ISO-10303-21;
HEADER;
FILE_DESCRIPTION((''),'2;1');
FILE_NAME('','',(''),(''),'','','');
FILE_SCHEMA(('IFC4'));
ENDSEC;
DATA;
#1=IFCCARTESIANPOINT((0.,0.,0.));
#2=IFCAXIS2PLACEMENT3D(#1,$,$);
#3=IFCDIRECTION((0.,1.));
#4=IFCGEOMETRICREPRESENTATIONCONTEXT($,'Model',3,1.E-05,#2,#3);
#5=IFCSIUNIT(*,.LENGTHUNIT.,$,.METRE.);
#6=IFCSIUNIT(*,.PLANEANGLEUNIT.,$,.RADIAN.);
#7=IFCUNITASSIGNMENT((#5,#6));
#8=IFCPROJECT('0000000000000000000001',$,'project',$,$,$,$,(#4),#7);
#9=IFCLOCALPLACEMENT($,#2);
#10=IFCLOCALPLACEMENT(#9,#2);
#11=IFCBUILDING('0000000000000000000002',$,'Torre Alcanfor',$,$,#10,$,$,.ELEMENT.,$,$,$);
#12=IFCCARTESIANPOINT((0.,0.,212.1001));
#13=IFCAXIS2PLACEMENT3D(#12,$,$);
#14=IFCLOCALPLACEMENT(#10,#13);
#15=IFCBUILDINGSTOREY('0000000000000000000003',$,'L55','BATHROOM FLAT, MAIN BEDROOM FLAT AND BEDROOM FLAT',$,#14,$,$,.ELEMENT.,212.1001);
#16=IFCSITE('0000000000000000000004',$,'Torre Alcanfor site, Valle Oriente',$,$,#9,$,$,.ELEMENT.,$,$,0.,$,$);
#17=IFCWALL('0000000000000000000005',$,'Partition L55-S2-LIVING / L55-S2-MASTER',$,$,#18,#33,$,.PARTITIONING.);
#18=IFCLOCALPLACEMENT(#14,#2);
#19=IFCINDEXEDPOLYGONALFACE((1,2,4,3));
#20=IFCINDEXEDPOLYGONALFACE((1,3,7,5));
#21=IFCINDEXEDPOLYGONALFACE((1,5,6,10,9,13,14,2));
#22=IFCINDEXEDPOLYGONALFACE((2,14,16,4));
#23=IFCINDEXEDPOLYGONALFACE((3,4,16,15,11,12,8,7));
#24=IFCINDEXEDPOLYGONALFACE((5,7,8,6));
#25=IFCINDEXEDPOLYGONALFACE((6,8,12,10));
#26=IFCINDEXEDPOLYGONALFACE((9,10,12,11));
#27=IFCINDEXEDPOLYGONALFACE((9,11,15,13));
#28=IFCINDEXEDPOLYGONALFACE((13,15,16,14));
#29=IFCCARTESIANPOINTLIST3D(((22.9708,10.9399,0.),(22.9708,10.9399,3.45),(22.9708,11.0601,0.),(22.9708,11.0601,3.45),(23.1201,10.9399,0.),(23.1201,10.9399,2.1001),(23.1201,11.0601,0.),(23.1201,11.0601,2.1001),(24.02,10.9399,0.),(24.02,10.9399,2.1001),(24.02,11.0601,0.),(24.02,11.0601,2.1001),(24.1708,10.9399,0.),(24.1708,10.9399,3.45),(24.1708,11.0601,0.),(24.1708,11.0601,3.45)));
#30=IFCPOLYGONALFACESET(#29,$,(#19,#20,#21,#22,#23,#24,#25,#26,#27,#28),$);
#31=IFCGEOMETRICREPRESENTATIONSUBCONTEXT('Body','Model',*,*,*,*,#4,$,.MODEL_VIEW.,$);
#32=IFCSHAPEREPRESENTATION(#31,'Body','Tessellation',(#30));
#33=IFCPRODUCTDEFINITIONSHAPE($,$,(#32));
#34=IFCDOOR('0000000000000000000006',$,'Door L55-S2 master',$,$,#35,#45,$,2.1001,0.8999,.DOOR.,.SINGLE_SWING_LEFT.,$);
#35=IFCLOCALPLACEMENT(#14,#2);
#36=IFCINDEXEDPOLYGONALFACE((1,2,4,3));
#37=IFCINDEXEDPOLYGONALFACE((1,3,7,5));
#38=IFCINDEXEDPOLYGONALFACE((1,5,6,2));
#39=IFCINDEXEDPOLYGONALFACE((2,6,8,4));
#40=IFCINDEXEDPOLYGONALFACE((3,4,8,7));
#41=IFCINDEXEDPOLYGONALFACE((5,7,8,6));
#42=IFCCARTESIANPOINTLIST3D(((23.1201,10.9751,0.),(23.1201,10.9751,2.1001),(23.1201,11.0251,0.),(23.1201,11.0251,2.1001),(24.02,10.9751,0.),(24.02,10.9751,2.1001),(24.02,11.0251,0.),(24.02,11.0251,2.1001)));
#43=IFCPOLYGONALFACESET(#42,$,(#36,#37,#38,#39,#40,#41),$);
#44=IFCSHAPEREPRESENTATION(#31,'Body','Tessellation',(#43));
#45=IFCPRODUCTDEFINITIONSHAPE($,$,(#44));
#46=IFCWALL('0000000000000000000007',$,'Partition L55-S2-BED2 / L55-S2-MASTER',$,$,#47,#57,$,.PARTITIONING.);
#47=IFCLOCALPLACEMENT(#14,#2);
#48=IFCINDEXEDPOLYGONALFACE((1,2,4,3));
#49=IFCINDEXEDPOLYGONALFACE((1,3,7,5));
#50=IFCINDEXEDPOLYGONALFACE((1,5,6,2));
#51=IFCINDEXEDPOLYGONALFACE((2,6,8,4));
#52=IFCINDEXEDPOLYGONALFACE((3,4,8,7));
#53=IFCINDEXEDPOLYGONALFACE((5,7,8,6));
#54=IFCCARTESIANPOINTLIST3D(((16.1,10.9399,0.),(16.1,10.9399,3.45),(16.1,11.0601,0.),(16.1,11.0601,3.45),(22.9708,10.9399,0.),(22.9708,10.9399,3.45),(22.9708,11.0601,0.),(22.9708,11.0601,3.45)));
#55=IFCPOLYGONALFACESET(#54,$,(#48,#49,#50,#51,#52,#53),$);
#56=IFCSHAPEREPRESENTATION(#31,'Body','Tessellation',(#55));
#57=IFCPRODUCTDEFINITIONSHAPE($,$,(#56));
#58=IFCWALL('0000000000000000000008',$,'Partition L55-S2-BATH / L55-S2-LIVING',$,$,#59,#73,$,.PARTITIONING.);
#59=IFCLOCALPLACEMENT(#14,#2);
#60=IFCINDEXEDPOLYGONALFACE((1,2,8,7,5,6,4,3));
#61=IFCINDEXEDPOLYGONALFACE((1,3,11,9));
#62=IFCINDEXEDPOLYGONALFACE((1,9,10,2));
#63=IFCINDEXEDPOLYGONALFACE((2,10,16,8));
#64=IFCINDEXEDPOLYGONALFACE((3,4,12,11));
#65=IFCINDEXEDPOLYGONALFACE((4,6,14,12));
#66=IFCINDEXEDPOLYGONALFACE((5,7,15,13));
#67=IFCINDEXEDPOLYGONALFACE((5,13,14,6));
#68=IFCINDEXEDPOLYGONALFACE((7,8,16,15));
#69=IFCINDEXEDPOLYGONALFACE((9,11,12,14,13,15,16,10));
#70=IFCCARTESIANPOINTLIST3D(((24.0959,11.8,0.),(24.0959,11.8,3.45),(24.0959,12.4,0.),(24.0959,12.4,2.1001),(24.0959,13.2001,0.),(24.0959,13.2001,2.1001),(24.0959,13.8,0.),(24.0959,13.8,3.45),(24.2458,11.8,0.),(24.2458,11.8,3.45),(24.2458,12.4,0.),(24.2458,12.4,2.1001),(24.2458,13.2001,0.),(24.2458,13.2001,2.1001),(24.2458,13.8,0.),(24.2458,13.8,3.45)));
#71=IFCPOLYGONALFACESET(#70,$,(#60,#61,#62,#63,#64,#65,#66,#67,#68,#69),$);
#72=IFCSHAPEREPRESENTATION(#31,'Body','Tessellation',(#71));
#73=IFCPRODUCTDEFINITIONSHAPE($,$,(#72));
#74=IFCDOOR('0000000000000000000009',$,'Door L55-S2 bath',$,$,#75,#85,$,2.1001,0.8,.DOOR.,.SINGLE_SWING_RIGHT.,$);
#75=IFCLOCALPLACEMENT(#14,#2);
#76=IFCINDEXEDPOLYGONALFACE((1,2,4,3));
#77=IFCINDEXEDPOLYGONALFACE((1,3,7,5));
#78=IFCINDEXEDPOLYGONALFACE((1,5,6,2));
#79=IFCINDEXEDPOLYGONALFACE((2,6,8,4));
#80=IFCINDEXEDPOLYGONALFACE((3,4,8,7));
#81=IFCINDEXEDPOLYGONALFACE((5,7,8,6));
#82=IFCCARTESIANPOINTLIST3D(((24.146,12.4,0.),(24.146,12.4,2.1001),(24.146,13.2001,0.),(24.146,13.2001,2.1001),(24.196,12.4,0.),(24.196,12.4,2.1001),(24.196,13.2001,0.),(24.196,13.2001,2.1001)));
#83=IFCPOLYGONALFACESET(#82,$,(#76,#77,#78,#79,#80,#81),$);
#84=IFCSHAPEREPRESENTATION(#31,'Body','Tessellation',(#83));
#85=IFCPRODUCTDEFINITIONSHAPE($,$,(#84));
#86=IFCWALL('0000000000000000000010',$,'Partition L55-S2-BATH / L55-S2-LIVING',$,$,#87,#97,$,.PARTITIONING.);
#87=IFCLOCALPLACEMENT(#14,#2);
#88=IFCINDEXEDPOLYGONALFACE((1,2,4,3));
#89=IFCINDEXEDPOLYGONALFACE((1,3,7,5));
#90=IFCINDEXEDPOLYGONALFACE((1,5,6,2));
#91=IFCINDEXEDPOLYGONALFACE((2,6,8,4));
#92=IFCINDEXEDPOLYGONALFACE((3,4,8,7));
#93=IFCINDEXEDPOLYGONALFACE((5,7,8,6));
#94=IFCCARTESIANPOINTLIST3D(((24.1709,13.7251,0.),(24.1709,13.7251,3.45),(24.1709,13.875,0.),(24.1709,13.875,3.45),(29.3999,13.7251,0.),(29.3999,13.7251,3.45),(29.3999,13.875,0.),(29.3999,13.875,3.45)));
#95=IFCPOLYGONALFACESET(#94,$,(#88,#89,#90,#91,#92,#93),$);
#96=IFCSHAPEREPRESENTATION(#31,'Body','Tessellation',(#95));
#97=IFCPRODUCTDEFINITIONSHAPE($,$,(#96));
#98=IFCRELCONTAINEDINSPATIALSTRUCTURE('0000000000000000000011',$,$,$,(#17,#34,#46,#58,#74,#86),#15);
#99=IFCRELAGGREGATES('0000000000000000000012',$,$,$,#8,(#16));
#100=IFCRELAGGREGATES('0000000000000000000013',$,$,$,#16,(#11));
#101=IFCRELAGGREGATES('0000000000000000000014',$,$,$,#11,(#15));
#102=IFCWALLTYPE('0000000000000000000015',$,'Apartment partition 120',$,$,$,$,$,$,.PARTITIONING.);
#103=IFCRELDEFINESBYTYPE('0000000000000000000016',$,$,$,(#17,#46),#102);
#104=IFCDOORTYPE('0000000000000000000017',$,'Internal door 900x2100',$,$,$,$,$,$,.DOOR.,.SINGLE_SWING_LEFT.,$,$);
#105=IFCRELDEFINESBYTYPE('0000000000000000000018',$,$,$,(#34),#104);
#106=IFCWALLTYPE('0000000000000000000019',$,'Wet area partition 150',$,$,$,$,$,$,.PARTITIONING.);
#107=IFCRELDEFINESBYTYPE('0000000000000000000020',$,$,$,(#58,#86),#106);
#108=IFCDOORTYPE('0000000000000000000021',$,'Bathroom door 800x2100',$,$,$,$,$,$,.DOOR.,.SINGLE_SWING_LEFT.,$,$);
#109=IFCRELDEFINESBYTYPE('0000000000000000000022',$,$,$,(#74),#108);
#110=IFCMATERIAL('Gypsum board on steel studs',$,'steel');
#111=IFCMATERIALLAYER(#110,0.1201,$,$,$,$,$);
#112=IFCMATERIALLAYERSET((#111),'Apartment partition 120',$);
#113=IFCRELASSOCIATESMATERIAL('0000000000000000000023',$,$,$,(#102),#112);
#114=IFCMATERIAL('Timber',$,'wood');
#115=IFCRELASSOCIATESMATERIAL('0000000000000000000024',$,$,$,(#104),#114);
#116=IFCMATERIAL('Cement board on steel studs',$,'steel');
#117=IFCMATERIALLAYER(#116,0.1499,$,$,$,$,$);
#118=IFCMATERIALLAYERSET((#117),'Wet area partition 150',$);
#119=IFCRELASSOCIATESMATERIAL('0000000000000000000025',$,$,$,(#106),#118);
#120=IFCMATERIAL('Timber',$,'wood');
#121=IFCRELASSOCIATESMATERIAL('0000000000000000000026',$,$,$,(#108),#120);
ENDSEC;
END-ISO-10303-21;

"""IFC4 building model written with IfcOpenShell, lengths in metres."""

from ifc_helpers import new_model, si_unit, direction, frame, frame_2d, origin, place, context, subcontext, project, spatial, rectangle, extrude, material, layer, layer_set, type_object, element, fill, save


model = new_model("IFC4")

# Units and contexts
model_context = context("Model", 3, precision=1e-05, world=origin(), true_north=direction((0.0, 1.0)))
body_context = subcontext(model_context, "Body", "Model", "MODEL_VIEW")
ifc_project = project(units=[si_unit("LENGTHUNIT", "METRE"), si_unit("PLANEANGLEUNIT", "RADIAN")], contexts=[model_context])

# Site, building, storey
site_placement = place(None, origin())
site = spatial("IfcSite", under=ifc_project, at=site_placement, Name="Torre Alcanfor site, Valle Oriente", CompositionType="ELEMENT", RefElevation=0.0)
building_placement = place(site_placement, origin())
building = spatial("IfcBuilding", under=site, at=building_placement, Name="Torre Alcanfor", CompositionType="ELEMENT")
storey_placement = place(building_placement, frame((0.0, 0.0, 212.1001)))
storey = spatial("IfcBuildingStorey", under=building, at=storey_placement, Name="L55", Description="BATHROOM FLAT, MAIN BEDROOM FLAT AND BEDROOM FLAT", CompositionType="ELEMENT", Elevation=212.1001)

# Shared definitions
ifc_material_1 = material(Name="Gypsum board on steel studs", Category="steel")
ifc_layer_1 = layer(ifc_material_1, 0.1201)
ifc_layer_set_1 = layer_set([ifc_layer_1], Name="Apartment partition 120")
wall_type_1 = type_object("IfcWallType", Name="Apartment partition 120", PredefinedType="PARTITIONING", material=ifc_layer_set_1)
ifc_material_2 = material(Name="Timber", Category="wood")
door_type_1 = type_object("IfcDoorType", Name="Internal door 900x2100", OperationType="SINGLE_SWING_LEFT", PredefinedType="DOOR", material=ifc_material_2)

# Wall, opening, door
wall_1_placement = place(storey_placement, frame((24.1709, 11.0, 0.0), z_axis=(0.0, 0.0, 1.0), x_axis=(-1.0, 0.0, 0.0)))
wall_1 = element("IfcWall", 1, at=wall_1_placement, inside=storey, type_object=wall_type_1, Name="Partition L55-S2-LIVING / L55-S2-MASTER", PredefinedType="PARTITIONING", context=body_context, shape_type="SweptSolid", body=[
    extrude(rectangle(XDim=1.2, YDim=0.1201, at=frame_2d((0.6001, 0.0))), origin(), (0.0, 0.0, 1.0), 3.45),
])
opening_1_placement = place(wall_1_placement, frame((0.1509, 0.0, 0.0)))
opening_1 = element("IfcOpeningElement", 2, at=opening_1_placement, cuts=wall_1, PredefinedType="OPENING", context=body_context, shape_type="SweptSolid", body=[
    extrude(rectangle(XDim=0.8999, YDim=2.1001, at=frame_2d((0.45, 1.05))), frame((0.0, 0.0701, 0.0), z_axis=(0.0, -1.0, 0.0), x_axis=(1.0, 0.0, 0.0)), (0.0, 0.0, 1.0), 0.1401),
])
door_1_placement = place(opening_1_placement, origin())
door_1 = element("IfcDoor", 3, at=door_1_placement, inside=storey, type_object=door_type_1, Name="Door L55-S2 master", OperationType="SINGLE_SWING_LEFT", OverallHeight=2.1001, OverallWidth=0.8999, PredefinedType="DOOR", context=body_context, shape_type="SweptSolid", body=[
    extrude(rectangle(XDim=0.8999, YDim=2.1001, at=frame_2d((0.45, 1.05))), frame((0.0, 0.0249, 0.0), z_axis=(0.0, -1.0, 0.0), x_axis=(1.0, 0.0, 0.0)), (0.0, 0.0, 1.0), 0.05),
])
fill(opening_1, door_1)

# Wall
wall_2_placement = place(storey_placement, frame((22.9709, 11.0, 0.0), z_axis=(0.0, 0.0, 1.0), x_axis=(-1.0, 0.0, 0.0)))
element("IfcWall", 4, at=wall_2_placement, inside=storey, type_object=wall_type_1, Name="Partition L55-S2-BED2 / L55-S2-MASTER", PredefinedType="PARTITIONING", context=body_context, shape_type="SweptSolid", body=[
    extrude(rectangle(XDim=6.8708, YDim=0.1201, at=frame_2d((3.4355, 0.0))), origin(), (0.0, 0.0, 1.0), 3.45),
])

# Wall, opening, door
ifc_material_3 = material(Name="Cement board on steel studs", Category="steel")
ifc_layer_2 = layer(ifc_material_3, 0.1499)
ifc_layer_set_2 = layer_set([ifc_layer_2], Name="Wet area partition 150")
wall_type_2 = type_object("IfcWallType", Name="Wet area partition 150", PredefinedType="PARTITIONING", material=ifc_layer_set_2)
wall_3_placement = place(storey_placement, frame((24.1709, 11.8, 0.0), z_axis=(0.0, 0.0, 1.0), x_axis=(0.0, 1.0, 0.0)))
wall_3 = element("IfcWall", 5, at=wall_3_placement, inside=storey, type_object=wall_type_2, Name="Partition L55-S2-BATH / L55-S2-LIVING", PredefinedType="PARTITIONING", context=body_context, shape_type="SweptSolid", body=[
    extrude(rectangle(XDim=2.0, YDim=0.1499, at=frame_2d((1.0, 0.0))), origin(), (0.0, 0.0, 1.0), 3.45),
])
opening_2_placement = place(wall_3_placement, frame((0.6001, 0.0, 0.0)))
opening_2 = element("IfcOpeningElement", 6, at=opening_2_placement, cuts=wall_3, PredefinedType="OPENING", context=body_context, shape_type="SweptSolid", body=[
    extrude(rectangle(XDim=0.8, YDim=2.1001, at=frame_2d((0.3999, 1.05))), frame((0.0, 0.085, 0.0), z_axis=(0.0, -1.0, 0.0), x_axis=(1.0, 0.0, 0.0)), (0.0, 0.0, 1.0), 0.1699),
])
ifc_material_4 = material(Name="Timber", Category="wood")
door_type_2 = type_object("IfcDoorType", Name="Bathroom door 800x2100", OperationType="SINGLE_SWING_LEFT", PredefinedType="DOOR", material=ifc_material_4)
door_2_placement = place(opening_2_placement, frame((0.8, 0.0, 0.0), z_axis=(0.0, 0.0, 1.0), x_axis=(-1.0, 0.0, 0.0)))
door_2 = element("IfcDoor", 7, at=door_2_placement, inside=storey, type_object=door_type_2, Name="Door L55-S2 bath", OperationType="SINGLE_SWING_RIGHT", OverallHeight=2.1001, OverallWidth=0.8, PredefinedType="DOOR", context=body_context, shape_type="SweptSolid", body=[
    extrude(rectangle(XDim=0.8, YDim=2.1001, at=frame_2d((0.4001, 1.05))), frame((0.0, 0.0251, 0.0), z_axis=(0.0, -1.0, 0.0), x_axis=(1.0, 0.0, 0.0)), (0.0, 0.0, 1.0), 0.05),
])
fill(opening_2, door_2)

# Wall
wall_4_placement = place(storey_placement, frame((24.1709, 13.8, 0.0), z_axis=(0.0, 0.0, 1.0), x_axis=(1.0, 0.0, 0.0)))
element("IfcWall", 8, at=wall_4_placement, inside=storey, type_object=wall_type_2, Name="Partition L55-S2-BATH / L55-S2-LIVING", PredefinedType="PARTITIONING", context=body_context, shape_type="SweptSolid", body=[
    extrude(rectangle(XDim=5.229, YDim=0.1499, at=frame_2d((2.6145, 0.0))), origin(), (0.0, 0.0, 1.0), 3.45),
])

save(model, "model.ifc")
